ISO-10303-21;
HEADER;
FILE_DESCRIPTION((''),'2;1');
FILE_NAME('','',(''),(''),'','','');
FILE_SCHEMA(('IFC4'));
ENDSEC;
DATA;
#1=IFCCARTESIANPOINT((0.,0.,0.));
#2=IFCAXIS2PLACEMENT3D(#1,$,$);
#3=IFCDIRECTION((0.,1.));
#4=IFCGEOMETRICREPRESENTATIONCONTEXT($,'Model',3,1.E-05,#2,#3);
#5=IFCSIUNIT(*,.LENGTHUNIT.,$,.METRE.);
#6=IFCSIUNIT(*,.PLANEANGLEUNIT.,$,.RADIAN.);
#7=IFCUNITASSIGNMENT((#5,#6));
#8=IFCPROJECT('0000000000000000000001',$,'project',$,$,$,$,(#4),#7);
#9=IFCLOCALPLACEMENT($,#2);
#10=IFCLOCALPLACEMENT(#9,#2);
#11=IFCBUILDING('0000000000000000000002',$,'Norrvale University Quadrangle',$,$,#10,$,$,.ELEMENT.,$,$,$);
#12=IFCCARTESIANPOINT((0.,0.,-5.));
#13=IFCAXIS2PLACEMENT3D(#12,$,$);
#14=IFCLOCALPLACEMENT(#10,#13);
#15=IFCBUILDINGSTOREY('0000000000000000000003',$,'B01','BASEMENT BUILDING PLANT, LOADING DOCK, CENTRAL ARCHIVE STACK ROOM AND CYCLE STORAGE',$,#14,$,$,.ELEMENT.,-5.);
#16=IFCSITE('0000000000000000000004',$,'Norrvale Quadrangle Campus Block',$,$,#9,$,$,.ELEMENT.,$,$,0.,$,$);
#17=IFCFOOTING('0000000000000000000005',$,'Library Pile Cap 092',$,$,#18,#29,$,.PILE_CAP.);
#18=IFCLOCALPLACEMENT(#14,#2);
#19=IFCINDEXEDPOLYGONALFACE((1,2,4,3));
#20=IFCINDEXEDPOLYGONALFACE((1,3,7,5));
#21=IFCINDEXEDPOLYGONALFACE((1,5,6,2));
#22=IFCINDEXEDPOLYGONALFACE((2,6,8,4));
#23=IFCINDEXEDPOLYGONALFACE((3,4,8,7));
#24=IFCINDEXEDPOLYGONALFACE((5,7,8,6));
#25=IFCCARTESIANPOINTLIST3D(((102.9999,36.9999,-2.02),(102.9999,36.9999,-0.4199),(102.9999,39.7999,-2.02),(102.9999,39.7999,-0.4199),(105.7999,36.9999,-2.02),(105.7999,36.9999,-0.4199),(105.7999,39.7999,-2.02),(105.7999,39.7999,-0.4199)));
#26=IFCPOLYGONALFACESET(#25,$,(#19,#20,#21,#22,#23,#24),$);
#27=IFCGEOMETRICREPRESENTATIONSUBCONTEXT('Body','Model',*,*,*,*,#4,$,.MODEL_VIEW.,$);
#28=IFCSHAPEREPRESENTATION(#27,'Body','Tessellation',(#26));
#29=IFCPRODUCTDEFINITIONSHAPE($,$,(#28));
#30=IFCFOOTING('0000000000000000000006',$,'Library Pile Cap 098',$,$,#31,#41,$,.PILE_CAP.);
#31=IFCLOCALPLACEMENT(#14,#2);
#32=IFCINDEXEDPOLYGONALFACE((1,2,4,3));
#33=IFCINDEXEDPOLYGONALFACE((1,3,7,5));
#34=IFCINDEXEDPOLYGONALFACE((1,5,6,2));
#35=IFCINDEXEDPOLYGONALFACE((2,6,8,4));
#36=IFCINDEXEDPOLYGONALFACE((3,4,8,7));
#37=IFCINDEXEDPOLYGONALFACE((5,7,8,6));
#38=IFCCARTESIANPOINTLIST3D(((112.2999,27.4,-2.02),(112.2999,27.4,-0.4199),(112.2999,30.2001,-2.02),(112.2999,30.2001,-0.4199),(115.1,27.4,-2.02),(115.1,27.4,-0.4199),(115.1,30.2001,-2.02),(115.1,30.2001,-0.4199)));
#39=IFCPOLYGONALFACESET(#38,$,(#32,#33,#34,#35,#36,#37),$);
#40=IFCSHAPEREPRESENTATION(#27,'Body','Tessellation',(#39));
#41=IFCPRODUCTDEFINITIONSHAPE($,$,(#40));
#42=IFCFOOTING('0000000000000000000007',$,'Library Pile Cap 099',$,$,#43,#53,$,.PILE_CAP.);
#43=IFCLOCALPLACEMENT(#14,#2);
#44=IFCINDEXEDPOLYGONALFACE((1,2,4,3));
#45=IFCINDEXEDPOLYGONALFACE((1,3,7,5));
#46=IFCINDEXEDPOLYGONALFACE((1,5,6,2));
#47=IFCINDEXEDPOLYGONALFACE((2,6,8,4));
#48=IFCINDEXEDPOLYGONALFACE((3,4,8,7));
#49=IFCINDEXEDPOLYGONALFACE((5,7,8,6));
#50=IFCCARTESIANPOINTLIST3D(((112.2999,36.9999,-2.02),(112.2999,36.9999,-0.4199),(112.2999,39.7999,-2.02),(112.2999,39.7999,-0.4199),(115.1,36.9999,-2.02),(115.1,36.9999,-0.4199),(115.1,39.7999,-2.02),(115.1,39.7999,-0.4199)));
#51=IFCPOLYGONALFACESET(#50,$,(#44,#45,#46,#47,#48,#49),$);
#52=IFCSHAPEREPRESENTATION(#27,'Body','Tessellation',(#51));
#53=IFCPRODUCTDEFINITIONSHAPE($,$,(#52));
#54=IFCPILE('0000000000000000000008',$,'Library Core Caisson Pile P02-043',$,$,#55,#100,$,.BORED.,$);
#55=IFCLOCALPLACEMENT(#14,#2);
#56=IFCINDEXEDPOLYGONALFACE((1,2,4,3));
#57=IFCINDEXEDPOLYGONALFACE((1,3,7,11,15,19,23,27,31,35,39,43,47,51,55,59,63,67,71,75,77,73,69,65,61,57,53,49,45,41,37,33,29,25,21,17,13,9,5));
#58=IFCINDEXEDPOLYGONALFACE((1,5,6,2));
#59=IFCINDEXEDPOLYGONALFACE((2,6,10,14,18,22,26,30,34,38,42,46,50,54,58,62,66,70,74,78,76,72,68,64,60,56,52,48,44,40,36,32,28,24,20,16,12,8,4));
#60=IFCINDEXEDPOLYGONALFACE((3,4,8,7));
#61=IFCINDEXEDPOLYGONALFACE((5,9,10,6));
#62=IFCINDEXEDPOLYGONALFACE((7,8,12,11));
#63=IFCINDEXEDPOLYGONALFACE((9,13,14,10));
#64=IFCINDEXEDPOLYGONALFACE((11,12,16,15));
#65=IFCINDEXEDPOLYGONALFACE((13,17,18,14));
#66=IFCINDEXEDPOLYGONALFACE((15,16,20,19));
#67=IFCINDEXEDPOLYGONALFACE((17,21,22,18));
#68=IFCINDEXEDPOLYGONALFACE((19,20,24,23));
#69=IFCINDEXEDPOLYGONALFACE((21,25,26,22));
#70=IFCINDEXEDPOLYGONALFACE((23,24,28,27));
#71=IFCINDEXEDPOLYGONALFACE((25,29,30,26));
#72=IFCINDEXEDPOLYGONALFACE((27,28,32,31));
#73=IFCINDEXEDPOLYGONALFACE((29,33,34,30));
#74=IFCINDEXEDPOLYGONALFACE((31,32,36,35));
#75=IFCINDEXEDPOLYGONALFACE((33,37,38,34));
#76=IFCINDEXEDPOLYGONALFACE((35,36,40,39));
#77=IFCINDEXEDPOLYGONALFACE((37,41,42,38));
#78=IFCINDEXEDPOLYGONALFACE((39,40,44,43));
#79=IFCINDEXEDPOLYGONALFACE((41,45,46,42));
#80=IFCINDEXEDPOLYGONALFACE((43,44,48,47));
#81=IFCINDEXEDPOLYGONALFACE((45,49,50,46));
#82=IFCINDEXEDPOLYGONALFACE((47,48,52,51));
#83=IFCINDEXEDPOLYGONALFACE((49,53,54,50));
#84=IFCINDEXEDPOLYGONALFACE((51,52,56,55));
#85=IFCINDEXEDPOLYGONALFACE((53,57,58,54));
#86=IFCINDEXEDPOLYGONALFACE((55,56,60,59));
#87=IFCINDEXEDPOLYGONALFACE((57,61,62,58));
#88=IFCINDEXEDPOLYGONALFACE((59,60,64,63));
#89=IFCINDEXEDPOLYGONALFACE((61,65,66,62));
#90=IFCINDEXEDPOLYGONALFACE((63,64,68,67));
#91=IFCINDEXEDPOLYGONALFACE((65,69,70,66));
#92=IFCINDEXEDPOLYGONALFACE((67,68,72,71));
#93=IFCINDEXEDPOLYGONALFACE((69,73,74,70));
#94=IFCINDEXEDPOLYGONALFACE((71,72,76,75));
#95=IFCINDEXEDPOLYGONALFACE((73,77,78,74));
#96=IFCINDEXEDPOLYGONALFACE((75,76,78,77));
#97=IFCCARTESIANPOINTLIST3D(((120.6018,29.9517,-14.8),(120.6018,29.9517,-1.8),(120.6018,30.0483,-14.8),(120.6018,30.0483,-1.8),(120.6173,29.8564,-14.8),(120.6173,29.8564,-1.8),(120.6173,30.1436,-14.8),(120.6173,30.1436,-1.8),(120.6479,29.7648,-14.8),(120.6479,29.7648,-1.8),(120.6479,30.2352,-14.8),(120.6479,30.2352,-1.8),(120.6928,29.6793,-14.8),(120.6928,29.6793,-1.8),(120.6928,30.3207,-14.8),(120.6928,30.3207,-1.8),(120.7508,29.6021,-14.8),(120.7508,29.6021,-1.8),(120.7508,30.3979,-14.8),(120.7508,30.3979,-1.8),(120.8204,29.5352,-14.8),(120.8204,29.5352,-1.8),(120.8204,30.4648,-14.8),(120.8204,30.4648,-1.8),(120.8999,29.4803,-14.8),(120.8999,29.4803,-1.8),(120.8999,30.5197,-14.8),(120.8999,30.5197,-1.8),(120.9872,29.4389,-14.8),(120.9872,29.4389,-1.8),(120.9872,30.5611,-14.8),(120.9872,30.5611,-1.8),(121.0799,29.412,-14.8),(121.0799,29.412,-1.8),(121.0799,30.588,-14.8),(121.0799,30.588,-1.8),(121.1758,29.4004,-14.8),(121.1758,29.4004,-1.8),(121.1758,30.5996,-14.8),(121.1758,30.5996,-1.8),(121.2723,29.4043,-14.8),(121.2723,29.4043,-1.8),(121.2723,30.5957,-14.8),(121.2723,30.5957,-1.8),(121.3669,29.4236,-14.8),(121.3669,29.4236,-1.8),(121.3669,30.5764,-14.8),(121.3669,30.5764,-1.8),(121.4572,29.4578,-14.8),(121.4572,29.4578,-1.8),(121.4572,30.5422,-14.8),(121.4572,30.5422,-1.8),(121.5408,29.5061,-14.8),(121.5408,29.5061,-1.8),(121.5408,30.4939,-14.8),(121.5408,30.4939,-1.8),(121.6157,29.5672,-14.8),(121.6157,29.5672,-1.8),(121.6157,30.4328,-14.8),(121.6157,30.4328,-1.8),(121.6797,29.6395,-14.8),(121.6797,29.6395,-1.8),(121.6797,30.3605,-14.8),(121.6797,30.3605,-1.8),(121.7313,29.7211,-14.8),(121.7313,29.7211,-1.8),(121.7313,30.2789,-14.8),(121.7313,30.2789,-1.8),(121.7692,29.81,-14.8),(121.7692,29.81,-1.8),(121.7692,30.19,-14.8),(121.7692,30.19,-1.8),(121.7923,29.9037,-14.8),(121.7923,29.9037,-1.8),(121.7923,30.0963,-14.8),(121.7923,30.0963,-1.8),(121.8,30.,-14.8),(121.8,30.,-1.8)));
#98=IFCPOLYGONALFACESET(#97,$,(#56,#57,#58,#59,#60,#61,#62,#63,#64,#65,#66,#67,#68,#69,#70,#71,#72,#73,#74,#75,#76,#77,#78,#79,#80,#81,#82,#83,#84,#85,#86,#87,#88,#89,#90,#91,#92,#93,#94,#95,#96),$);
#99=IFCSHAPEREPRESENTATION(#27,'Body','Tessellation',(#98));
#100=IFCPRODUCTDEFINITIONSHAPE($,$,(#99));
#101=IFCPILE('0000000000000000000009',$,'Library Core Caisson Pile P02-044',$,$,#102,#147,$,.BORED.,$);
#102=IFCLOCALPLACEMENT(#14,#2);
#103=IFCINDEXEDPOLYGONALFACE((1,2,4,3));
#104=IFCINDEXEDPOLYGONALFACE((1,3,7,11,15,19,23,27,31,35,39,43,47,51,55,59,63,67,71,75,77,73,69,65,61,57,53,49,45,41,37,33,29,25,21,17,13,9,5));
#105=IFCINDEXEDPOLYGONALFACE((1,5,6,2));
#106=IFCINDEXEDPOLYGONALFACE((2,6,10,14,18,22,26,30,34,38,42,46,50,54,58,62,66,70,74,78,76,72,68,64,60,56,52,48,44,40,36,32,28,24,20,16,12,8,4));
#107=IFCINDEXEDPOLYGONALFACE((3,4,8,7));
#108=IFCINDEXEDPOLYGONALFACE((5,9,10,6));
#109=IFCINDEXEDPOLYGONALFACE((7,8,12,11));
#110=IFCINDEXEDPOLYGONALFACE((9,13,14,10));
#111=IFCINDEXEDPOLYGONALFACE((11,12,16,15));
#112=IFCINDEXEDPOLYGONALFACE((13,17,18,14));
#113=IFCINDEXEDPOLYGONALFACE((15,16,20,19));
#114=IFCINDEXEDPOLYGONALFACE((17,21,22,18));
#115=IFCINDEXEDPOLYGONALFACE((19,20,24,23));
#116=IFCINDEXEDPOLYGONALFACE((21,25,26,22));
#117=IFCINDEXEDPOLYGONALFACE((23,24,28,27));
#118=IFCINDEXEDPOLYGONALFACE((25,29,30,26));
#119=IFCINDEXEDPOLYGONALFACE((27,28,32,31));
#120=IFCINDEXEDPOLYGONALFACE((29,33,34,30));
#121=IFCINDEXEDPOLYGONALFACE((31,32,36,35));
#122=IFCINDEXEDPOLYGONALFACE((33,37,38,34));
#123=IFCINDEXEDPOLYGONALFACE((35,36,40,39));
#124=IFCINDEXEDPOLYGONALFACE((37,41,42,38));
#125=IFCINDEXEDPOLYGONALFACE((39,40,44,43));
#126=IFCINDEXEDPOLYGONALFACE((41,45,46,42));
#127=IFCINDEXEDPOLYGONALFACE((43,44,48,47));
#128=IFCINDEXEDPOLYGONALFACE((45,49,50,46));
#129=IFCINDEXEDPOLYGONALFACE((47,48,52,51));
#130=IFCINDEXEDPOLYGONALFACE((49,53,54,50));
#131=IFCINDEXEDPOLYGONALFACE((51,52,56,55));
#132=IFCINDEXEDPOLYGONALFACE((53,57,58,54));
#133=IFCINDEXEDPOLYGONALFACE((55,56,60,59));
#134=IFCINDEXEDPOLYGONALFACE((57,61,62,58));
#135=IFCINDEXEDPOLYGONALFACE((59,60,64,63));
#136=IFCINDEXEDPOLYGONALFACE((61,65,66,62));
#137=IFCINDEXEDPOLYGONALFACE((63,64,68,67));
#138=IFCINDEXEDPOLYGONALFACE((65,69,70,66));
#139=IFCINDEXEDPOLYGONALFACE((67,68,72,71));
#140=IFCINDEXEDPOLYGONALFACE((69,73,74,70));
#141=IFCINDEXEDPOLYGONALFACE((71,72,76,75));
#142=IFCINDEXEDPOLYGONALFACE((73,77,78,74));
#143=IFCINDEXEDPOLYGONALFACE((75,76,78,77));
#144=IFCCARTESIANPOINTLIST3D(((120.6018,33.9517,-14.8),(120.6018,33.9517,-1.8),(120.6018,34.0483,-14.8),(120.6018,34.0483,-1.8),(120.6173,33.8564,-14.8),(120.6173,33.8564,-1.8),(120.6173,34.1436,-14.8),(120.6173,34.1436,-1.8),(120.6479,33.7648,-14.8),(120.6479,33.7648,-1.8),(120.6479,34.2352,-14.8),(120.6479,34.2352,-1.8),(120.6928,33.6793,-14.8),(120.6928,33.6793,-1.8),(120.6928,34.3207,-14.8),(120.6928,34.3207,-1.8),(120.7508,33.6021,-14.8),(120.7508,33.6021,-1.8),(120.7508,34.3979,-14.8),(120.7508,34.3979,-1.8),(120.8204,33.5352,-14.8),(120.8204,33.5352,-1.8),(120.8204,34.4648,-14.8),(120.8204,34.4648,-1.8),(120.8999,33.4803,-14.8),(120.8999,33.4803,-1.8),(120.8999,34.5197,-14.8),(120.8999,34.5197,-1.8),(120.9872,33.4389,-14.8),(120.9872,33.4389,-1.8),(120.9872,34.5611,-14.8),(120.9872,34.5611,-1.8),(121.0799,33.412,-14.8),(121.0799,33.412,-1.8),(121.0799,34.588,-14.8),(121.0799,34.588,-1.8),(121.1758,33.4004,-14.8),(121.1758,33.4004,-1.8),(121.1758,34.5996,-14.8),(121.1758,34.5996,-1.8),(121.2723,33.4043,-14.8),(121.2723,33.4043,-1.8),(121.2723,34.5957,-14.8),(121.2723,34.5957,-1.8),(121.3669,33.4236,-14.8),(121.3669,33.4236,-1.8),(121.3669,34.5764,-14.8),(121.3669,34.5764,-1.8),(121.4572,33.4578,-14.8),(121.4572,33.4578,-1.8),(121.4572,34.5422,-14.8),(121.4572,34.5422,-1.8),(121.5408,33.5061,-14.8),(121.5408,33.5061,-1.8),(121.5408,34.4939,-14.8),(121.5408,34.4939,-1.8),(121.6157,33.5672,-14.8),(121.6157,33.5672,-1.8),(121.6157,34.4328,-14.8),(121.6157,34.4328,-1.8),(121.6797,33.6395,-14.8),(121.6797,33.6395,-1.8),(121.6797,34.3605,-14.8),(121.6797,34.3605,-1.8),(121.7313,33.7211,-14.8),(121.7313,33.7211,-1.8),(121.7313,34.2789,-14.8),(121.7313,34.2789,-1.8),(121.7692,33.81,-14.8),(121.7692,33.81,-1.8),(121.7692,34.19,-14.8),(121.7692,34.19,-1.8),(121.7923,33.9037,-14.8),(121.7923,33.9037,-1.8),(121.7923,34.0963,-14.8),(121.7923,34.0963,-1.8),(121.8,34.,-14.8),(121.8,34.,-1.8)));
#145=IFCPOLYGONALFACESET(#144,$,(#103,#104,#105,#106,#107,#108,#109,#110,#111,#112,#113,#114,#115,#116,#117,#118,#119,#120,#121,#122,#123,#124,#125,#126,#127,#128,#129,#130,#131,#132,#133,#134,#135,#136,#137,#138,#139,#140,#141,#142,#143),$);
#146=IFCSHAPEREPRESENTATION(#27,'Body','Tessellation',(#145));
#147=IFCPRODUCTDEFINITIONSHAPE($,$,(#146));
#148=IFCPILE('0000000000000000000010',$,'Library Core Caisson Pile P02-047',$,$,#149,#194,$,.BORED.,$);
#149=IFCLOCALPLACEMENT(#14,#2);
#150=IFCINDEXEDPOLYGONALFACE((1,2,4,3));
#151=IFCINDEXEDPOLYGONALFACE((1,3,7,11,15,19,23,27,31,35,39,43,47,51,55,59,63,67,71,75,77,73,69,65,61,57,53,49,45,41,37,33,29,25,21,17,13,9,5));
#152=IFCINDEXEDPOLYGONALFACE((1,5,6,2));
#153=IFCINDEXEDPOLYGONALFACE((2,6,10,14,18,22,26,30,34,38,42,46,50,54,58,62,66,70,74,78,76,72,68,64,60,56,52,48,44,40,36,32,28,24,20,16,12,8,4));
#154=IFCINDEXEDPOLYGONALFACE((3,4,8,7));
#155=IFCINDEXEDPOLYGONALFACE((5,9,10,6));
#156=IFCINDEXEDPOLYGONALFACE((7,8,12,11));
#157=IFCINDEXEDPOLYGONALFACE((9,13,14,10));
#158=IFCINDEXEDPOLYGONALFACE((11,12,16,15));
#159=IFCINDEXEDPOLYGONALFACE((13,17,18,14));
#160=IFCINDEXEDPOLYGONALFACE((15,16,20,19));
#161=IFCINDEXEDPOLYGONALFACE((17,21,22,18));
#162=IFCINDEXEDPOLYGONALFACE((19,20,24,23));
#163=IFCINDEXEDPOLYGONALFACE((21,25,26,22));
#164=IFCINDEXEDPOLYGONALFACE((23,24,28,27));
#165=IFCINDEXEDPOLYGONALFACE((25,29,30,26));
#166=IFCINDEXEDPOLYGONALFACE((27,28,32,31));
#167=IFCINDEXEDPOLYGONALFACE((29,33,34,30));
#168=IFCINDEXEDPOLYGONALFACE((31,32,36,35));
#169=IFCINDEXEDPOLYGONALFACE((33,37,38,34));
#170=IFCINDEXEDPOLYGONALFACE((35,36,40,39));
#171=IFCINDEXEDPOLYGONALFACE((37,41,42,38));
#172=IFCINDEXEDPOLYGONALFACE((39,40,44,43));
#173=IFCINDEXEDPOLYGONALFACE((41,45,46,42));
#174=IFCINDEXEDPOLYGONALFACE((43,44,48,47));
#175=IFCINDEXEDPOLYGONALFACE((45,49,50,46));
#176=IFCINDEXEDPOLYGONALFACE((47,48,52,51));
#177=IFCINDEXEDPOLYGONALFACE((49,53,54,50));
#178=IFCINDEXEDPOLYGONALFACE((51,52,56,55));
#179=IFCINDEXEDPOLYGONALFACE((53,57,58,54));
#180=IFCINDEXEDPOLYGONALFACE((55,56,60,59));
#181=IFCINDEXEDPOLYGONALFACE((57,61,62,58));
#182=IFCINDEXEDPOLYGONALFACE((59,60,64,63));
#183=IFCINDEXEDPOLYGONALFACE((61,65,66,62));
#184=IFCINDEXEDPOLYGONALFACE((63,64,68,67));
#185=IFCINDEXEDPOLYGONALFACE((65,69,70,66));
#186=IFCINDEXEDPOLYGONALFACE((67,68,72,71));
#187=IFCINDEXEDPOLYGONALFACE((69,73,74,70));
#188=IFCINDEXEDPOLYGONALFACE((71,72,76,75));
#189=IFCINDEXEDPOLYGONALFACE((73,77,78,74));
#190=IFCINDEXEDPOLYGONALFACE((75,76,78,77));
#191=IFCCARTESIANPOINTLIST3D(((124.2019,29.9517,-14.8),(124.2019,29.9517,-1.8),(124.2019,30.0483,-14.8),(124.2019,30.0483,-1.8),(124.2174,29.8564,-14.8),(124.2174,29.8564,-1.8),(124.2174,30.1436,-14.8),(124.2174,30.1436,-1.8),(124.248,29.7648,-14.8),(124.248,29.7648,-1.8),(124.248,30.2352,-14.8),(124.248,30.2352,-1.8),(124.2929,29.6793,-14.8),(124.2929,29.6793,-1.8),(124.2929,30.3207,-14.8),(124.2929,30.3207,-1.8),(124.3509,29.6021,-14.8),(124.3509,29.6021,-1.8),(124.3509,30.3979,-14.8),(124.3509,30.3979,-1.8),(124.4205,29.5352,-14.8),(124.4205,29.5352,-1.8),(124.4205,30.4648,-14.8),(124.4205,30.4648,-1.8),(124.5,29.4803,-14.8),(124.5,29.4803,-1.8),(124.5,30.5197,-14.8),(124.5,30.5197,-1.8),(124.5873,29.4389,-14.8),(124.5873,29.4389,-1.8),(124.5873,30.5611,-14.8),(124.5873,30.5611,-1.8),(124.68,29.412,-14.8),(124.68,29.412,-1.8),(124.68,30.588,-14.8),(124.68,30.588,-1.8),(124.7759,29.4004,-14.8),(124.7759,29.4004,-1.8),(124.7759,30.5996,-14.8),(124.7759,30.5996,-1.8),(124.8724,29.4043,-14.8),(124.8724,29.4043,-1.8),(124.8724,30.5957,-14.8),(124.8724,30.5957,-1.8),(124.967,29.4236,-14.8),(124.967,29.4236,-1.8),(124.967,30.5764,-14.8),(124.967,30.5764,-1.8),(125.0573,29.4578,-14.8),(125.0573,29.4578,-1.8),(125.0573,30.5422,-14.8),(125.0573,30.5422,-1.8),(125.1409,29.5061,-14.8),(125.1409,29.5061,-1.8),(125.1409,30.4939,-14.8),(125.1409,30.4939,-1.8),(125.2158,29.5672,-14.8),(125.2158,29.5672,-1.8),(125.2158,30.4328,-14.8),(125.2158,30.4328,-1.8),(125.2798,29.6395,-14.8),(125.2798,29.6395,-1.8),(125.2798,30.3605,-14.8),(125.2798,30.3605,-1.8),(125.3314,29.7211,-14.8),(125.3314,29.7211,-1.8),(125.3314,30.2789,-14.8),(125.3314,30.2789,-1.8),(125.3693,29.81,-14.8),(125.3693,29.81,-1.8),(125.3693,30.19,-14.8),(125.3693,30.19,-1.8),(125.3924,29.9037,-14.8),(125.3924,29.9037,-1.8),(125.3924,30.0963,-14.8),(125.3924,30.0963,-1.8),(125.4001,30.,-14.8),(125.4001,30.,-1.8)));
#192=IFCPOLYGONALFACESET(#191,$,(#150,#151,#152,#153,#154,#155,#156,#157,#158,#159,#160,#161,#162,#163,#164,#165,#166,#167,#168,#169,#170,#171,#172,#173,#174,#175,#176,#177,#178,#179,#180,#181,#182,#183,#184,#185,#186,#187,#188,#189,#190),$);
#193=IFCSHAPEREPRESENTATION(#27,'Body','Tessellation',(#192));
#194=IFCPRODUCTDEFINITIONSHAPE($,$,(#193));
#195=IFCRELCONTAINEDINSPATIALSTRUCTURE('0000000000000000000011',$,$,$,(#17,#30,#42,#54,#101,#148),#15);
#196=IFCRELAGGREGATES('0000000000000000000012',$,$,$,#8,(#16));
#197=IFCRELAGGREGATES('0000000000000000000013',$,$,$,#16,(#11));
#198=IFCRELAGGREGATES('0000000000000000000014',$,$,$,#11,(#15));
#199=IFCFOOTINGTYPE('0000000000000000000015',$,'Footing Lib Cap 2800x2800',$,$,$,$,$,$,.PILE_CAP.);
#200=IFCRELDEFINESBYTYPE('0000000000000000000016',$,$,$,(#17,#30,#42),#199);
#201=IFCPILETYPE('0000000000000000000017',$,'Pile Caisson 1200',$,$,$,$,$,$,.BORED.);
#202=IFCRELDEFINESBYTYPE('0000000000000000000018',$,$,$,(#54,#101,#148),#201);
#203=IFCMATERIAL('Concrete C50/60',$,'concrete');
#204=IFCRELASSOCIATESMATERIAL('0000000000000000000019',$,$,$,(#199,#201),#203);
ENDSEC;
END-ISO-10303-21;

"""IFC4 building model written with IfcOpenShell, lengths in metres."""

from ifc_helpers import new_model, si_unit, direction, frame, origin, origin_2d, place, context, subcontext, project, spatial, rectangle, circle, extrude, material, material_profile, profile_set, type_object, element, save


model = new_model("IFC4")

# Units and contexts
model_context = context("Model", 3, precision=1e-05, world=origin(), true_north=direction((0.0, 1.0)))
body_context = subcontext(model_context, "Body", "Model", "MODEL_VIEW")
ifc_project = project(units=[si_unit("LENGTHUNIT", "METRE"), si_unit("PLANEANGLEUNIT", "RADIAN")], contexts=[model_context])

# Site, building, storey
site_placement = place(None, origin())
site = spatial("IfcSite", under=ifc_project, at=site_placement, Name="Norrvale Quadrangle Campus Block", CompositionType="ELEMENT", RefElevation=0.0)
building_placement = place(site_placement, origin())
building = spatial("IfcBuilding", under=site, at=building_placement, Name="Norrvale University Quadrangle", CompositionType="ELEMENT")
storey_placement = place(building_placement, frame((0.0, 0.0, -5.0)))
storey = spatial("IfcBuildingStorey", under=building, at=storey_placement, Name="B01", Description="BASEMENT BUILDING PLANT, LOADING DOCK, CENTRAL ARCHIVE STACK ROOM AND CYCLE STORAGE", CompositionType="ELEMENT", Elevation=-5.0)

# Footings
ifc_material_1 = material(Name="Concrete C50/60", Category="concrete")
footing_type = type_object("IfcFootingType", Name="Footing Lib Cap 2800x2800", PredefinedType="PILE_CAP", material=ifc_material_1)
for number, where, z_axis, x_axis, name in (
    (1, (104.3999, 38.3999, -2.02), (0.0, 0.0, 1.0), (1.0, 0.0, 0.0), "Library Pile Cap 092"),
    (2, (113.7, 28.8, -2.02), (0.0, 0.0, 1.0), (1.0, 0.0, 0.0), "Library Pile Cap 098"),
    (3, (113.7, 38.3999, -2.02), (0.0, 0.0, 1.0), (1.0, 0.0, 0.0), "Library Pile Cap 099"),
):
    element("IfcFooting", number, at=place(storey_placement, frame(where, z_axis=z_axis, x_axis=x_axis)), inside=storey, type_object=footing_type, Name=name, PredefinedType="PILE_CAP", context=body_context, shape_type="SweptSolid", body=[
        extrude(rectangle(XDim=2.8, YDim=2.8, at=origin_2d()), origin(), (0.0, 0.0, 1.0), 1.6001),
    ])

# Piles
ifc_material_profile_1 = material_profile(ifc_material_1, circle(Radius=0.6001, at=origin_2d()), Name="Concrete C50/60")
ifc_profile_set_1 = profile_set([ifc_material_profile_1], Name="Concrete C50/60")
pile_type_1 = type_object("IfcPileType", Name="Pile Caisson 1200", PredefinedType="BORED", material=ifc_profile_set_1)
for number, where, z_axis, x_axis, name in (
    (4, (121.2, 30.0, -1.8), (0.0, 0.0, -1.0), (1.0, 0.0, 0.0), "Library Core Caisson Pile P02-043"),
    (5, (121.2, 34.0, -1.8), (0.0, 0.0, -1.0), (1.0, 0.0, 0.0), "Library Core Caisson Pile P02-044"),
    (6, (124.8, 30.0, -1.8), (0.0, 0.0, -1.0), (1.0, 0.0, 0.0), "Library Core Caisson Pile P02-047"),
):
    element("IfcPile", number, at=place(storey_placement, frame(where, z_axis=z_axis, x_axis=x_axis)), inside=storey, type_object=pile_type_1, Name=name, PredefinedType="BORED", context=body_context, shape_type="SweptSolid", body=[
        extrude(circle(Radius=0.6001, at=origin_2d()), origin(), (0.0, 0.0, 1.0), 13.0),
    ])

save(model, "model.ifc")
